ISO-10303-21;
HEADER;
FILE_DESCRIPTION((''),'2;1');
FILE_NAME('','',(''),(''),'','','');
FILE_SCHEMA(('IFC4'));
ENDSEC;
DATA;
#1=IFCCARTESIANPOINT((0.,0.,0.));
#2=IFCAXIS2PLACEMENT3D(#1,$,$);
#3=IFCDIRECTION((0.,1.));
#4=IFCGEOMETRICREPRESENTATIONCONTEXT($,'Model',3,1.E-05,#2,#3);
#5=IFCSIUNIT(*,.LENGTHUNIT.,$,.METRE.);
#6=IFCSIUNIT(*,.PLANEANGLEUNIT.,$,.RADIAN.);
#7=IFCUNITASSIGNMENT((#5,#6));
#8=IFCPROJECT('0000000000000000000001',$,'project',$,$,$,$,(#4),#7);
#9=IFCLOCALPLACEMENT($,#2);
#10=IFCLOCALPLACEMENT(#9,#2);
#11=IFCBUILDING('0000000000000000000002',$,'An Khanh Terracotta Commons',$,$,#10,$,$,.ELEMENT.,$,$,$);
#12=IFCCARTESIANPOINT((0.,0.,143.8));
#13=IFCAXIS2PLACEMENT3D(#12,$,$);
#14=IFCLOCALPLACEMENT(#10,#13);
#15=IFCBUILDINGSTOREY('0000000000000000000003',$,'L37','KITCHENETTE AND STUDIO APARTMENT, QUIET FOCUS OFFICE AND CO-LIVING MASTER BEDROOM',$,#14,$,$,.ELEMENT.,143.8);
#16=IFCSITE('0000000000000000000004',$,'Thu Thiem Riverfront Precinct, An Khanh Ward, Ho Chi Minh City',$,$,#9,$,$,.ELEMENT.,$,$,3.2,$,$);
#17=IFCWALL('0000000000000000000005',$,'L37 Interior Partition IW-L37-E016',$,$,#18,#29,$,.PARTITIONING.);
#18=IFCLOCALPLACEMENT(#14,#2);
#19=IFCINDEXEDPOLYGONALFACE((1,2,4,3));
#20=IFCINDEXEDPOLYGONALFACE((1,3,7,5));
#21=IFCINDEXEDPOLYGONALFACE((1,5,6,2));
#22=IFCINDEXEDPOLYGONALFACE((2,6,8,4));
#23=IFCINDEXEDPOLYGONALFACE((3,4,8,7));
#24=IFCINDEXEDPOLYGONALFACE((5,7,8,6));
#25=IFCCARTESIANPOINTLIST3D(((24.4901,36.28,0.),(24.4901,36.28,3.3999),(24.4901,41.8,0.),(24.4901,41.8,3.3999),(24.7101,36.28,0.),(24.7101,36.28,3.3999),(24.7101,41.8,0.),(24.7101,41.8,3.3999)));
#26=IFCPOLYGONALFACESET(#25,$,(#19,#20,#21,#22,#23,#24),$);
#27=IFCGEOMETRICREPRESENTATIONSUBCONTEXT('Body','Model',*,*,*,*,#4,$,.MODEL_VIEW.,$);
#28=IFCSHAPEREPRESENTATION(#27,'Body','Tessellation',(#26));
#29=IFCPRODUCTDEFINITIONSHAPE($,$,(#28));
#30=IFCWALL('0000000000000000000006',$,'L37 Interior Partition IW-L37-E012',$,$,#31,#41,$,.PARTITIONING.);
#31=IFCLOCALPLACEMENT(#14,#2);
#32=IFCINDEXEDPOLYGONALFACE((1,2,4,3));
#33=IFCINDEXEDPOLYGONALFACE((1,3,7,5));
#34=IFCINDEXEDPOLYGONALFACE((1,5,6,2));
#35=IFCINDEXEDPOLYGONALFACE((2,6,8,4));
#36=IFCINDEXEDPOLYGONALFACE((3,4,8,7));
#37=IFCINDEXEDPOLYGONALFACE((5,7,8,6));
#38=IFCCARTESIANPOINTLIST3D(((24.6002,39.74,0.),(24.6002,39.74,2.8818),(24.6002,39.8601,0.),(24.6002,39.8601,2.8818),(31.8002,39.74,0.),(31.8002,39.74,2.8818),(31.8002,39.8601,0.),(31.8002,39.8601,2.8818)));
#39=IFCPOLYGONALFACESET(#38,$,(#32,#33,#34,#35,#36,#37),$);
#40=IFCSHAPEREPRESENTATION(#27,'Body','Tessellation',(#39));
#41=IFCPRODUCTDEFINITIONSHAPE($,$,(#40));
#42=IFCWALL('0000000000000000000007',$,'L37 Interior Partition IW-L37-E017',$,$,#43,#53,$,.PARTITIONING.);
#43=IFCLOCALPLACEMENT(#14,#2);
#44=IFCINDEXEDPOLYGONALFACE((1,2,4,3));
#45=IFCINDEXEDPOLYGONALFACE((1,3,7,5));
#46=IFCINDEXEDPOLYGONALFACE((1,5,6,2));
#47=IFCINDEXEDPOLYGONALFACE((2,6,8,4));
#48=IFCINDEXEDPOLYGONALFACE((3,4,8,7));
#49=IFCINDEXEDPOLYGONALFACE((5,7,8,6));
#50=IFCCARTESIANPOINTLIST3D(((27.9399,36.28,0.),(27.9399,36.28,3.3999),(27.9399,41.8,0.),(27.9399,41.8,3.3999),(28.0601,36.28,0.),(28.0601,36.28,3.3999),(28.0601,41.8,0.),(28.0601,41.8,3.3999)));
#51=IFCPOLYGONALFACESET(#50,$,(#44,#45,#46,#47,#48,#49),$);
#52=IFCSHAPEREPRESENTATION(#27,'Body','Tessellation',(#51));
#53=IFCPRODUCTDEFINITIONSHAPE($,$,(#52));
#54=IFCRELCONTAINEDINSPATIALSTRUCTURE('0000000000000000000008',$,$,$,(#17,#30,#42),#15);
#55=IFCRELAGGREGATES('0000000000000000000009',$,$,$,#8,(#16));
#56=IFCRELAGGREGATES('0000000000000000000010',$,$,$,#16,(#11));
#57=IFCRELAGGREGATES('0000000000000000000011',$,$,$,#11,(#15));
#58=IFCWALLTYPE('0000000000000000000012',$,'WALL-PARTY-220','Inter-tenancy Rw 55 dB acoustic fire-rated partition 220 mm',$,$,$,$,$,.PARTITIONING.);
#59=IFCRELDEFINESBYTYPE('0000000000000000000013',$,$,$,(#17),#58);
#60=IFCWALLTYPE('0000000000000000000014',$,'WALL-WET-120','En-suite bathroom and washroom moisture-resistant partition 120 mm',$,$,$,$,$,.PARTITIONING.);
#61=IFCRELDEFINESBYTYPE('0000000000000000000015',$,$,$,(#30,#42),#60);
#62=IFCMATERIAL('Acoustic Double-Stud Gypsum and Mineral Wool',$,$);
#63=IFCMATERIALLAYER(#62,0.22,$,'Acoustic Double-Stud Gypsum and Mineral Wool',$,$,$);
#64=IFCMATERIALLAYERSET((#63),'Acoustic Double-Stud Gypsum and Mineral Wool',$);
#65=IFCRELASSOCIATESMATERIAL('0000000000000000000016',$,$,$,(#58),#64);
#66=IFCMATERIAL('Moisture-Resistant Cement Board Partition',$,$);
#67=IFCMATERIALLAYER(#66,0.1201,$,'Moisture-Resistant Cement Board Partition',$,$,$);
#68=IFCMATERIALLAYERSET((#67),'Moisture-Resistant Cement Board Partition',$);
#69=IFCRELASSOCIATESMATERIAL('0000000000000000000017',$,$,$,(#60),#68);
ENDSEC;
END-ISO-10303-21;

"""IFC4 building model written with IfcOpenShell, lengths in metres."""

from ifc_helpers import new_model, si_unit, direction, frame, frame_2d, origin, place, context, subcontext, project, spatial, rectangle, extrude, material, layer, layer_set, type_object, element, save


model = new_model("IFC4")

# Units and contexts
model_context = context("Model", 3, precision=1e-05, world=origin(), true_north=direction((0.0, 1.0)))
body_context = subcontext(model_context, "Body", "Model", "MODEL_VIEW")
ifc_project = project(units=[si_unit("LENGTHUNIT", "METRE"), si_unit("PLANEANGLEUNIT", "RADIAN")], contexts=[model_context])

# Site, building, storey
site_placement = place(None, origin())
site = spatial("IfcSite", under=ifc_project, at=site_placement, Name="Thu Thiem Riverfront Precinct, An Khanh Ward, Ho Chi Minh City", CompositionType="ELEMENT", RefElevation=3.2)
building_placement = place(site_placement, origin())
building = spatial("IfcBuilding", under=site, at=building_placement, Name="An Khanh Terracotta Commons", CompositionType="ELEMENT")
storey_placement = place(building_placement, frame((0.0, 0.0, 143.8)))
storey = spatial("IfcBuildingStorey", under=building, at=storey_placement, Name="L37", Description="KITCHENETTE AND STUDIO APARTMENT, QUIET FOCUS OFFICE AND CO-LIVING MASTER BEDROOM", CompositionType="ELEMENT", Elevation=143.8)

# Shared definitions
ifc_material_1 = material(Name="Acoustic Double-Stud Gypsum and Mineral Wool")
ifc_layer_1 = layer(ifc_material_1, 0.22, Name="Acoustic Double-Stud Gypsum and Mineral Wool")
ifc_layer_set_1 = layer_set([ifc_layer_1], Name="Acoustic Double-Stud Gypsum and Mineral Wool")
wall_type_1 = type_object("IfcWallType", Name="WALL-PARTY-220", Description="Inter-tenancy Rw 55 dB acoustic fire-rated partition 220 mm", PredefinedType="PARTITIONING", material=ifc_layer_set_1)

# Walls
wall_1_placement = place(storey_placement, frame((24.6001, 36.28, 0.0), z_axis=(0.0, 0.0, 1.0), x_axis=(0.0, 1.0, 0.0)))
element("IfcWall", 1, at=wall_1_placement, inside=storey, type_object=wall_type_1, Name="L37 Interior Partition IW-L37-E016", PredefinedType="PARTITIONING", context=body_context, shape_type="SweptSolid", body=[
    extrude(rectangle(XDim=5.52, YDim=0.22, at=frame_2d((2.76, 0.0))), origin(), (0.0, 0.0, 1.0), 3.3999),
])
ifc_material_2 = material(Name="Moisture-Resistant Cement Board Partition")
ifc_layer_2 = layer(ifc_material_2, 0.1201, Name="Moisture-Resistant Cement Board Partition")
ifc_layer_set_2 = layer_set([ifc_layer_2], Name="Moisture-Resistant Cement Board Partition")
wall_type_2 = type_object("IfcWallType", Name="WALL-WET-120", Description="En-suite bathroom and washroom moisture-resistant partition 120 mm", PredefinedType="PARTITIONING", material=ifc_layer_set_2)
wall_2_placement = place(storey_placement, frame((24.6001, 39.8, 0.0), z_axis=(0.0, 0.0, 1.0), x_axis=(1.0, 0.0, 0.0)))
element("IfcWall", 2, at=wall_2_placement, inside=storey, type_object=wall_type_2, Name="L37 Interior Partition IW-L37-E012", PredefinedType="PARTITIONING", context=body_context, shape_type="SweptSolid", body=[
    extrude(rectangle(XDim=7.2, YDim=0.1201, at=frame_2d((3.6001, 0.0))), origin(), (0.0, 0.0, 1.0), 2.8818),
])
wall_3_placement = place(storey_placement, frame((28.0, 36.28, 0.0), z_axis=(0.0, 0.0, 1.0), x_axis=(0.0, 1.0, 0.0)))
element("IfcWall", 3, at=wall_3_placement, inside=storey, type_object=wall_type_2, Name="L37 Interior Partition IW-L37-E017", PredefinedType="PARTITIONING", context=body_context, shape_type="SweptSolid", body=[
    extrude(rectangle(XDim=5.52, YDim=0.1201, at=frame_2d((2.76, 0.0))), origin(), (0.0, 0.0, 1.0), 3.3999),
])

save(model, "model.ifc")
